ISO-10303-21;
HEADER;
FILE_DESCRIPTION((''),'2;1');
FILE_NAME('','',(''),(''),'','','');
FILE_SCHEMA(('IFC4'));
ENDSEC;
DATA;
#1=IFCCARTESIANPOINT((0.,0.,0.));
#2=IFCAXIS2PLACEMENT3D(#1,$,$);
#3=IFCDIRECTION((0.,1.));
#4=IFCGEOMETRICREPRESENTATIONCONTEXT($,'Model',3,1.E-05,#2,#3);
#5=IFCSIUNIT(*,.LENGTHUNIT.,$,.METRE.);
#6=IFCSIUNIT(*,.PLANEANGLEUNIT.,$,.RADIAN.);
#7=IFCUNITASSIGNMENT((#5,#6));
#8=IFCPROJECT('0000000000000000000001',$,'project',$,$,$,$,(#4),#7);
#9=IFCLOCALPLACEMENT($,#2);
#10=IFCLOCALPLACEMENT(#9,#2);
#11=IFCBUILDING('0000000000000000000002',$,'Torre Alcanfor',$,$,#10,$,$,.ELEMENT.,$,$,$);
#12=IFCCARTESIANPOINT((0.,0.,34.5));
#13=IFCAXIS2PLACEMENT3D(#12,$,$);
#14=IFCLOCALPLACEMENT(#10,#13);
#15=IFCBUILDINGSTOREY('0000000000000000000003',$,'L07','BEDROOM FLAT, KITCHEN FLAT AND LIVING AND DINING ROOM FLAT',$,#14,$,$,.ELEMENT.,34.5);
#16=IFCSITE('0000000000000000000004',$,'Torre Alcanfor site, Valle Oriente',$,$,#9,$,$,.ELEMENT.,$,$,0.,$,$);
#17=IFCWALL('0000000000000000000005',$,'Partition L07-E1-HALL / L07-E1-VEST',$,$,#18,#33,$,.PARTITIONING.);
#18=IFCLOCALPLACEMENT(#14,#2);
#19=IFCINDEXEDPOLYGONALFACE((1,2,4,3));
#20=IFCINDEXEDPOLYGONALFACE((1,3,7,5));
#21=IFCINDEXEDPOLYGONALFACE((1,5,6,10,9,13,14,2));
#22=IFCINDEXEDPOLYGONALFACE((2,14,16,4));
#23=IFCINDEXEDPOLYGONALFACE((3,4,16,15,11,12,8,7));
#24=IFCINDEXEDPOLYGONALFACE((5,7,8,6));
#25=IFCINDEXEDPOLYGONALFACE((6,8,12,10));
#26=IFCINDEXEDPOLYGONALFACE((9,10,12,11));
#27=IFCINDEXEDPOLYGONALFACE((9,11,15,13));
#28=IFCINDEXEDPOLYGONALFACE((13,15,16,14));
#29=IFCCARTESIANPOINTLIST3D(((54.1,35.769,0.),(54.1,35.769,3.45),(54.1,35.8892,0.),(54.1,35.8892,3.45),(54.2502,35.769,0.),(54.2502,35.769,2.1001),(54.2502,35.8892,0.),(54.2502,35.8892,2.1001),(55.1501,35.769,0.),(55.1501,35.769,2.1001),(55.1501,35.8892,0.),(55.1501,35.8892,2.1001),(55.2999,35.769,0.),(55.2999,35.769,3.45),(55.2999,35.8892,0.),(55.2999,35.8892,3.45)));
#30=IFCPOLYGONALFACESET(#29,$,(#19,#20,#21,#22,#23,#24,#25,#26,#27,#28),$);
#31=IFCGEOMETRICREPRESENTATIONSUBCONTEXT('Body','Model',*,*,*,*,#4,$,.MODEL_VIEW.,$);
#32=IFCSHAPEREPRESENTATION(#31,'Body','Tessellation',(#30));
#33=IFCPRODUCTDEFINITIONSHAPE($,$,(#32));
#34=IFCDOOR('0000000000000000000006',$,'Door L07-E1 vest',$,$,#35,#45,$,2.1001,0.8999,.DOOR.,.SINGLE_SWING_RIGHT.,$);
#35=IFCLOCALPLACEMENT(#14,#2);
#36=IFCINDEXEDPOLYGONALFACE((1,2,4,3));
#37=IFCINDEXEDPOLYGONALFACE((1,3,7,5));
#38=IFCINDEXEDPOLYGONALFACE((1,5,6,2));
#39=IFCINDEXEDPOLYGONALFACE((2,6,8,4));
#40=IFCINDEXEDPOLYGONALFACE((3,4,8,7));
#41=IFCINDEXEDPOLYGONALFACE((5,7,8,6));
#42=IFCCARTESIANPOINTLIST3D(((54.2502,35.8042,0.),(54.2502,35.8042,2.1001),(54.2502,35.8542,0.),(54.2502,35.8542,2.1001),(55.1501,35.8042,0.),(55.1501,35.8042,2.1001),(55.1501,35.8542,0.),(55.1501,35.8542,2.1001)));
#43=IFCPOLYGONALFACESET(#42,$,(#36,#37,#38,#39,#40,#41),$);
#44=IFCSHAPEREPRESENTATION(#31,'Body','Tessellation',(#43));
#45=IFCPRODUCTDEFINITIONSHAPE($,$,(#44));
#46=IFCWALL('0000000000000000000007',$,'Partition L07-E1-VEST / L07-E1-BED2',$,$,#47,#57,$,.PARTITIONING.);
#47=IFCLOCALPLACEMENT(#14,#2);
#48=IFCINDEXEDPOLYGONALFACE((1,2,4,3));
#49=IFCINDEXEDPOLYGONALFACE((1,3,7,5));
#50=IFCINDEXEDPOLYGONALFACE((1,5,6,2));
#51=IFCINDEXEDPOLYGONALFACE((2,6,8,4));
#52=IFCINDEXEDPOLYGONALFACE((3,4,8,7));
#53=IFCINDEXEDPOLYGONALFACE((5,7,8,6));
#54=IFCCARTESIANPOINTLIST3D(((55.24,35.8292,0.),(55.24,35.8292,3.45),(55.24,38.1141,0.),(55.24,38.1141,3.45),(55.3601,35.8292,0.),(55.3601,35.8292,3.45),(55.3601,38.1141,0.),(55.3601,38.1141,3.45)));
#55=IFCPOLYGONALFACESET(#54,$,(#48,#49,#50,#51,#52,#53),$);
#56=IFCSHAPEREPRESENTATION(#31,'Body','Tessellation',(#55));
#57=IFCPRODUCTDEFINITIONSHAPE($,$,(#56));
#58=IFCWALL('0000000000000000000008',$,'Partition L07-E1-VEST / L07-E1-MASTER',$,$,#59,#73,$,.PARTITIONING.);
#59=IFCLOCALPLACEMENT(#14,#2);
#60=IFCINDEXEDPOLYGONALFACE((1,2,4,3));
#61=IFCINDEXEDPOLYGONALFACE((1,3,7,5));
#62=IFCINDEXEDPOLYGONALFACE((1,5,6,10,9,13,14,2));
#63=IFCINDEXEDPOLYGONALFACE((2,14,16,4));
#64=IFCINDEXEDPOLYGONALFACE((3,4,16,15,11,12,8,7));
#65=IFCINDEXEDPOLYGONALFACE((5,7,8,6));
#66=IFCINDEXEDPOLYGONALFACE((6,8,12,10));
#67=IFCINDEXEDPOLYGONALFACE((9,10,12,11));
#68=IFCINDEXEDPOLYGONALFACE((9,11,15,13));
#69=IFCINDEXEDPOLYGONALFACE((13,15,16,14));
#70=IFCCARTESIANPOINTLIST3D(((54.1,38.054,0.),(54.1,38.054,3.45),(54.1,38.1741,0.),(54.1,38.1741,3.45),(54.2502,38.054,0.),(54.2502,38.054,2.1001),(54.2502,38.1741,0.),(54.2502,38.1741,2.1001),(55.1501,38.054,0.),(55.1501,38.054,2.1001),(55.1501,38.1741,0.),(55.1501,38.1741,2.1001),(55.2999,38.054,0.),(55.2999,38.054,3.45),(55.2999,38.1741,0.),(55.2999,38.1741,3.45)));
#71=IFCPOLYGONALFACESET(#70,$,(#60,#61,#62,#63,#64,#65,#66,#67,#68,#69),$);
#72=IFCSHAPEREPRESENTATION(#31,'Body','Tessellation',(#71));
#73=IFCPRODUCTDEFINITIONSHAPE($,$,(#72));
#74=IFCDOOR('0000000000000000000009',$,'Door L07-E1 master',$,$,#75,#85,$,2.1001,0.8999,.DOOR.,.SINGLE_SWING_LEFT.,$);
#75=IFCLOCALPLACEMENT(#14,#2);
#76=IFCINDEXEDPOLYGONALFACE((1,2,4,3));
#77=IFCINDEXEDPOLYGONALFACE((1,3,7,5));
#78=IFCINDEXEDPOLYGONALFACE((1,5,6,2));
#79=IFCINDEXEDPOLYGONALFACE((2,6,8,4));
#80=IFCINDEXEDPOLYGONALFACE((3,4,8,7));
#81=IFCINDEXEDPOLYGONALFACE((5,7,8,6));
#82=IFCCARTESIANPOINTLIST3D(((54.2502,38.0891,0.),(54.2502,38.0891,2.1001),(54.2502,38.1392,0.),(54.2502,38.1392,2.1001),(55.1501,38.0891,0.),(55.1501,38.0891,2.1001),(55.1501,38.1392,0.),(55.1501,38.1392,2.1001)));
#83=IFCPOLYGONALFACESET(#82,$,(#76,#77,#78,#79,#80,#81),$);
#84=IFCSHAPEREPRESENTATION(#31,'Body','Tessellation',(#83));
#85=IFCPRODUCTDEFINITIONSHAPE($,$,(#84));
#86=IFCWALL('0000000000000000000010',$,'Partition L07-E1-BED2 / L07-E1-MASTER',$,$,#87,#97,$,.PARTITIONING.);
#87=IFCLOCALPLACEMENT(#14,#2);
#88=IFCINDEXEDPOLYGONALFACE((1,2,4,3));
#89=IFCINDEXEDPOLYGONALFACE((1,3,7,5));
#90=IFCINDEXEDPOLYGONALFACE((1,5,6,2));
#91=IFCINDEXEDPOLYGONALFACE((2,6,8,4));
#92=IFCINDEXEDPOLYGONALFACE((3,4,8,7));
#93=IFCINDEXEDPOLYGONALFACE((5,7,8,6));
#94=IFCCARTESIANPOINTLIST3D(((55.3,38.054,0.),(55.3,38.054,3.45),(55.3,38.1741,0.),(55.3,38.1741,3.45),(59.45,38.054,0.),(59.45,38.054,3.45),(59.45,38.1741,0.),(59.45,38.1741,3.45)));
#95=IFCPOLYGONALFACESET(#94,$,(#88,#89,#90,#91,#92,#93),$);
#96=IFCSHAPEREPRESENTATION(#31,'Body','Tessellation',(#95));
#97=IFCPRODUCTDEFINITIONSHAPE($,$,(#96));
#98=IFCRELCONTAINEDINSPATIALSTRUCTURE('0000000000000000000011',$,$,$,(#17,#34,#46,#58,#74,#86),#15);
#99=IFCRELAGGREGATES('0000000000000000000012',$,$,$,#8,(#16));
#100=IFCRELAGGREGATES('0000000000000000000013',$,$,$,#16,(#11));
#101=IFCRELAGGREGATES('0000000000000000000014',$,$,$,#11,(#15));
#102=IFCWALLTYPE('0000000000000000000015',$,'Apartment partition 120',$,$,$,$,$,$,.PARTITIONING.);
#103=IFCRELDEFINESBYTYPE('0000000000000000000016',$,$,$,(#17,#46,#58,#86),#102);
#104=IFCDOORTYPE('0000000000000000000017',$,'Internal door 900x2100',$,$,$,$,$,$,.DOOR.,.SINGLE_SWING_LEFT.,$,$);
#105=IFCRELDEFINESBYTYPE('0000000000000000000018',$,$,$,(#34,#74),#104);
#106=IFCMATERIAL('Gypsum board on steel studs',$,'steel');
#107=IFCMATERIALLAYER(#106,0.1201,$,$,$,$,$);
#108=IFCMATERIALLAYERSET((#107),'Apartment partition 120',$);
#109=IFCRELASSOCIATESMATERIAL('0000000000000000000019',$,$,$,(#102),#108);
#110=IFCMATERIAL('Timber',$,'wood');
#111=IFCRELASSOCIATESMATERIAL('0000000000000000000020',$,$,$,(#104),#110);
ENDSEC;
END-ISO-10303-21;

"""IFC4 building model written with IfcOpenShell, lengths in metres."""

from ifc_helpers import new_model, si_unit, direction, frame, frame_2d, origin, place, context, subcontext, project, spatial, rectangle, extrude, material, layer, layer_set, type_object, element, fill, save


model = new_model("IFC4")

# Units and contexts
model_context = context("Model", 3, precision=1e-05, world=origin(), true_north=direction((0.0, 1.0)))
body_context = subcontext(model_context, "Body", "Model", "MODEL_VIEW")
ifc_project = project(units=[si_unit("LENGTHUNIT", "METRE"), si_unit("PLANEANGLEUNIT", "RADIAN")], contexts=[model_context])

# Site, building, storey
site_placement = place(None, origin())
site = spatial("IfcSite", under=ifc_project, at=site_placement, Name="Torre Alcanfor site, Valle Oriente", CompositionType="ELEMENT", RefElevation=0.0)
building_placement = place(site_placement, origin())
building = spatial("IfcBuilding", under=site, at=building_placement, Name="Torre Alcanfor", CompositionType="ELEMENT")
storey_placement = place(building_placement, frame((0.0, 0.0, 34.5)))
storey = spatial("IfcBuildingStorey", under=building, at=storey_placement, Name="L07", Description="BEDROOM FLAT, KITCHEN FLAT AND LIVING AND DINING ROOM FLAT", CompositionType="ELEMENT", Elevation=34.5)

# Shared definitions
ifc_material_1 = material(Name="Gypsum board on steel studs", Category="steel")
ifc_layer_1 = layer(ifc_material_1, 0.1201)
ifc_layer_set_1 = layer_set([ifc_layer_1], Name="Apartment partition 120")
wall_type = type_object("IfcWallType", Name="Apartment partition 120", PredefinedType="PARTITIONING", material=ifc_layer_set_1)

# Wall, opening, door
wall_1_placement = place(storey_placement, frame((55.3, 35.8291, 0.0), z_axis=(0.0, 0.0, 1.0), x_axis=(-1.0, 0.0, 0.0)))
wall_1 = element("IfcWall", 1, at=wall_1_placement, inside=storey, type_object=wall_type, Name="Partition L07-E1-HALL / L07-E1-VEST", PredefinedType="PARTITIONING", context=body_context, shape_type="SweptSolid", body=[
    extrude(rectangle(XDim=1.2, YDim=0.1201, at=frame_2d((0.6001, 0.0))), origin(), (0.0, 0.0, 1.0), 3.45),
])
opening_1_placement = place(wall_1_placement, frame((0.1499, 0.0, 0.0)))
opening_1 = element("IfcOpeningElement", 2, at=opening_1_placement, cuts=wall_1, PredefinedType="OPENING", context=body_context, shape_type="SweptSolid", body=[
    extrude(rectangle(XDim=0.8999, YDim=2.1001, at=frame_2d((0.45, 1.05))), frame((0.0, 0.0701, 0.0), z_axis=(0.0, -1.0, 0.0), x_axis=(1.0, 0.0, 0.0)), (0.0, 0.0, 1.0), 0.1401),
])
ifc_material_2 = material(Name="Timber", Category="wood")
door_type = type_object("IfcDoorType", Name="Internal door 900x2100", OperationType="SINGLE_SWING_LEFT", PredefinedType="DOOR", material=ifc_material_2)
door_1_placement = place(opening_1_placement, frame((0.8999, 0.0, 0.0), z_axis=(0.0, 0.0, 1.0), x_axis=(-1.0, 0.0, 0.0)))
door_1 = element("IfcDoor", 3, at=door_1_placement, inside=storey, type_object=door_type, Name="Door L07-E1 vest", OperationType="SINGLE_SWING_RIGHT", OverallHeight=2.1001, OverallWidth=0.8999, PredefinedType="DOOR", context=body_context, shape_type="SweptSolid", body=[
    extrude(rectangle(XDim=0.8999, YDim=2.1001, at=frame_2d((0.45, 1.05))), frame((0.0, 0.0251, 0.0), z_axis=(0.0, -1.0, 0.0), x_axis=(1.0, 0.0, 0.0)), (0.0, 0.0, 1.0), 0.05),
])
fill(opening_1, door_1)

# Wall
wall_2_placement = place(storey_placement, frame((55.3, 35.8291, 0.0), z_axis=(0.0, 0.0, 1.0), x_axis=(0.0, 1.0, 0.0)))
element("IfcWall", 4, at=wall_2_placement, inside=storey, type_object=wall_type, Name="Partition L07-E1-VEST / L07-E1-BED2", PredefinedType="PARTITIONING", context=body_context, shape_type="SweptSolid", body=[
    extrude(rectangle(XDim=2.2849, YDim=0.1201, at=frame_2d((1.1426, 0.0))), origin(), (0.0, 0.0, 1.0), 3.45),
])

# Wall, opening, door
wall_3_placement = place(storey_placement, frame((55.3, 38.114, 0.0), z_axis=(0.0, 0.0, 1.0), x_axis=(-1.0, 0.0, 0.0)))
wall_3 = element("IfcWall", 5, at=wall_3_placement, inside=storey, type_object=wall_type, Name="Partition L07-E1-VEST / L07-E1-MASTER", PredefinedType="PARTITIONING", context=body_context, shape_type="SweptSolid", body=[
    extrude(rectangle(XDim=1.2, YDim=0.1201, at=frame_2d((0.6001, 0.0))), origin(), (0.0, 0.0, 1.0), 3.45),
])
opening_2_placement = place(wall_3_placement, frame((0.1499, 0.0, 0.0)))
opening_2 = element("IfcOpeningElement", 6, at=opening_2_placement, cuts=wall_3, PredefinedType="OPENING", context=body_context, shape_type="SweptSolid", body=[
    extrude(rectangle(XDim=0.8999, YDim=2.1001, at=frame_2d((0.45, 1.05))), frame((0.0, 0.0701, 0.0), z_axis=(0.0, -1.0, 0.0), x_axis=(1.0, 0.0, 0.0)), (0.0, 0.0, 1.0), 0.1401),
])
door_2_placement = place(opening_2_placement, origin())
door_2 = element("IfcDoor", 7, at=door_2_placement, inside=storey, type_object=door_type, Name="Door L07-E1 master", OperationType="SINGLE_SWING_LEFT", OverallHeight=2.1001, OverallWidth=0.8999, PredefinedType="DOOR", context=body_context, shape_type="SweptSolid", body=[
    extrude(rectangle(XDim=0.8999, YDim=2.1001, at=frame_2d((0.45, 1.05))), frame((0.0, 0.0249, 0.0), z_axis=(0.0, -1.0, 0.0), x_axis=(1.0, 0.0, 0.0)), (0.0, 0.0, 1.0), 0.05),
])
fill(opening_2, door_2)

# Wall
wall_4_placement = place(storey_placement, frame((59.45, 38.114, 0.0), z_axis=(0.0, 0.0, 1.0), x_axis=(-1.0, 0.0, 0.0)))
element("IfcWall", 8, at=wall_4_placement, inside=storey, type_object=wall_type, Name="Partition L07-E1-BED2 / L07-E1-MASTER", PredefinedType="PARTITIONING", context=body_context, shape_type="SweptSolid", body=[
    extrude(rectangle(XDim=4.1499, YDim=0.1201, at=frame_2d((2.075, 0.0))), origin(), (0.0, 0.0, 1.0), 3.45),
])

save(model, "model.ifc")
